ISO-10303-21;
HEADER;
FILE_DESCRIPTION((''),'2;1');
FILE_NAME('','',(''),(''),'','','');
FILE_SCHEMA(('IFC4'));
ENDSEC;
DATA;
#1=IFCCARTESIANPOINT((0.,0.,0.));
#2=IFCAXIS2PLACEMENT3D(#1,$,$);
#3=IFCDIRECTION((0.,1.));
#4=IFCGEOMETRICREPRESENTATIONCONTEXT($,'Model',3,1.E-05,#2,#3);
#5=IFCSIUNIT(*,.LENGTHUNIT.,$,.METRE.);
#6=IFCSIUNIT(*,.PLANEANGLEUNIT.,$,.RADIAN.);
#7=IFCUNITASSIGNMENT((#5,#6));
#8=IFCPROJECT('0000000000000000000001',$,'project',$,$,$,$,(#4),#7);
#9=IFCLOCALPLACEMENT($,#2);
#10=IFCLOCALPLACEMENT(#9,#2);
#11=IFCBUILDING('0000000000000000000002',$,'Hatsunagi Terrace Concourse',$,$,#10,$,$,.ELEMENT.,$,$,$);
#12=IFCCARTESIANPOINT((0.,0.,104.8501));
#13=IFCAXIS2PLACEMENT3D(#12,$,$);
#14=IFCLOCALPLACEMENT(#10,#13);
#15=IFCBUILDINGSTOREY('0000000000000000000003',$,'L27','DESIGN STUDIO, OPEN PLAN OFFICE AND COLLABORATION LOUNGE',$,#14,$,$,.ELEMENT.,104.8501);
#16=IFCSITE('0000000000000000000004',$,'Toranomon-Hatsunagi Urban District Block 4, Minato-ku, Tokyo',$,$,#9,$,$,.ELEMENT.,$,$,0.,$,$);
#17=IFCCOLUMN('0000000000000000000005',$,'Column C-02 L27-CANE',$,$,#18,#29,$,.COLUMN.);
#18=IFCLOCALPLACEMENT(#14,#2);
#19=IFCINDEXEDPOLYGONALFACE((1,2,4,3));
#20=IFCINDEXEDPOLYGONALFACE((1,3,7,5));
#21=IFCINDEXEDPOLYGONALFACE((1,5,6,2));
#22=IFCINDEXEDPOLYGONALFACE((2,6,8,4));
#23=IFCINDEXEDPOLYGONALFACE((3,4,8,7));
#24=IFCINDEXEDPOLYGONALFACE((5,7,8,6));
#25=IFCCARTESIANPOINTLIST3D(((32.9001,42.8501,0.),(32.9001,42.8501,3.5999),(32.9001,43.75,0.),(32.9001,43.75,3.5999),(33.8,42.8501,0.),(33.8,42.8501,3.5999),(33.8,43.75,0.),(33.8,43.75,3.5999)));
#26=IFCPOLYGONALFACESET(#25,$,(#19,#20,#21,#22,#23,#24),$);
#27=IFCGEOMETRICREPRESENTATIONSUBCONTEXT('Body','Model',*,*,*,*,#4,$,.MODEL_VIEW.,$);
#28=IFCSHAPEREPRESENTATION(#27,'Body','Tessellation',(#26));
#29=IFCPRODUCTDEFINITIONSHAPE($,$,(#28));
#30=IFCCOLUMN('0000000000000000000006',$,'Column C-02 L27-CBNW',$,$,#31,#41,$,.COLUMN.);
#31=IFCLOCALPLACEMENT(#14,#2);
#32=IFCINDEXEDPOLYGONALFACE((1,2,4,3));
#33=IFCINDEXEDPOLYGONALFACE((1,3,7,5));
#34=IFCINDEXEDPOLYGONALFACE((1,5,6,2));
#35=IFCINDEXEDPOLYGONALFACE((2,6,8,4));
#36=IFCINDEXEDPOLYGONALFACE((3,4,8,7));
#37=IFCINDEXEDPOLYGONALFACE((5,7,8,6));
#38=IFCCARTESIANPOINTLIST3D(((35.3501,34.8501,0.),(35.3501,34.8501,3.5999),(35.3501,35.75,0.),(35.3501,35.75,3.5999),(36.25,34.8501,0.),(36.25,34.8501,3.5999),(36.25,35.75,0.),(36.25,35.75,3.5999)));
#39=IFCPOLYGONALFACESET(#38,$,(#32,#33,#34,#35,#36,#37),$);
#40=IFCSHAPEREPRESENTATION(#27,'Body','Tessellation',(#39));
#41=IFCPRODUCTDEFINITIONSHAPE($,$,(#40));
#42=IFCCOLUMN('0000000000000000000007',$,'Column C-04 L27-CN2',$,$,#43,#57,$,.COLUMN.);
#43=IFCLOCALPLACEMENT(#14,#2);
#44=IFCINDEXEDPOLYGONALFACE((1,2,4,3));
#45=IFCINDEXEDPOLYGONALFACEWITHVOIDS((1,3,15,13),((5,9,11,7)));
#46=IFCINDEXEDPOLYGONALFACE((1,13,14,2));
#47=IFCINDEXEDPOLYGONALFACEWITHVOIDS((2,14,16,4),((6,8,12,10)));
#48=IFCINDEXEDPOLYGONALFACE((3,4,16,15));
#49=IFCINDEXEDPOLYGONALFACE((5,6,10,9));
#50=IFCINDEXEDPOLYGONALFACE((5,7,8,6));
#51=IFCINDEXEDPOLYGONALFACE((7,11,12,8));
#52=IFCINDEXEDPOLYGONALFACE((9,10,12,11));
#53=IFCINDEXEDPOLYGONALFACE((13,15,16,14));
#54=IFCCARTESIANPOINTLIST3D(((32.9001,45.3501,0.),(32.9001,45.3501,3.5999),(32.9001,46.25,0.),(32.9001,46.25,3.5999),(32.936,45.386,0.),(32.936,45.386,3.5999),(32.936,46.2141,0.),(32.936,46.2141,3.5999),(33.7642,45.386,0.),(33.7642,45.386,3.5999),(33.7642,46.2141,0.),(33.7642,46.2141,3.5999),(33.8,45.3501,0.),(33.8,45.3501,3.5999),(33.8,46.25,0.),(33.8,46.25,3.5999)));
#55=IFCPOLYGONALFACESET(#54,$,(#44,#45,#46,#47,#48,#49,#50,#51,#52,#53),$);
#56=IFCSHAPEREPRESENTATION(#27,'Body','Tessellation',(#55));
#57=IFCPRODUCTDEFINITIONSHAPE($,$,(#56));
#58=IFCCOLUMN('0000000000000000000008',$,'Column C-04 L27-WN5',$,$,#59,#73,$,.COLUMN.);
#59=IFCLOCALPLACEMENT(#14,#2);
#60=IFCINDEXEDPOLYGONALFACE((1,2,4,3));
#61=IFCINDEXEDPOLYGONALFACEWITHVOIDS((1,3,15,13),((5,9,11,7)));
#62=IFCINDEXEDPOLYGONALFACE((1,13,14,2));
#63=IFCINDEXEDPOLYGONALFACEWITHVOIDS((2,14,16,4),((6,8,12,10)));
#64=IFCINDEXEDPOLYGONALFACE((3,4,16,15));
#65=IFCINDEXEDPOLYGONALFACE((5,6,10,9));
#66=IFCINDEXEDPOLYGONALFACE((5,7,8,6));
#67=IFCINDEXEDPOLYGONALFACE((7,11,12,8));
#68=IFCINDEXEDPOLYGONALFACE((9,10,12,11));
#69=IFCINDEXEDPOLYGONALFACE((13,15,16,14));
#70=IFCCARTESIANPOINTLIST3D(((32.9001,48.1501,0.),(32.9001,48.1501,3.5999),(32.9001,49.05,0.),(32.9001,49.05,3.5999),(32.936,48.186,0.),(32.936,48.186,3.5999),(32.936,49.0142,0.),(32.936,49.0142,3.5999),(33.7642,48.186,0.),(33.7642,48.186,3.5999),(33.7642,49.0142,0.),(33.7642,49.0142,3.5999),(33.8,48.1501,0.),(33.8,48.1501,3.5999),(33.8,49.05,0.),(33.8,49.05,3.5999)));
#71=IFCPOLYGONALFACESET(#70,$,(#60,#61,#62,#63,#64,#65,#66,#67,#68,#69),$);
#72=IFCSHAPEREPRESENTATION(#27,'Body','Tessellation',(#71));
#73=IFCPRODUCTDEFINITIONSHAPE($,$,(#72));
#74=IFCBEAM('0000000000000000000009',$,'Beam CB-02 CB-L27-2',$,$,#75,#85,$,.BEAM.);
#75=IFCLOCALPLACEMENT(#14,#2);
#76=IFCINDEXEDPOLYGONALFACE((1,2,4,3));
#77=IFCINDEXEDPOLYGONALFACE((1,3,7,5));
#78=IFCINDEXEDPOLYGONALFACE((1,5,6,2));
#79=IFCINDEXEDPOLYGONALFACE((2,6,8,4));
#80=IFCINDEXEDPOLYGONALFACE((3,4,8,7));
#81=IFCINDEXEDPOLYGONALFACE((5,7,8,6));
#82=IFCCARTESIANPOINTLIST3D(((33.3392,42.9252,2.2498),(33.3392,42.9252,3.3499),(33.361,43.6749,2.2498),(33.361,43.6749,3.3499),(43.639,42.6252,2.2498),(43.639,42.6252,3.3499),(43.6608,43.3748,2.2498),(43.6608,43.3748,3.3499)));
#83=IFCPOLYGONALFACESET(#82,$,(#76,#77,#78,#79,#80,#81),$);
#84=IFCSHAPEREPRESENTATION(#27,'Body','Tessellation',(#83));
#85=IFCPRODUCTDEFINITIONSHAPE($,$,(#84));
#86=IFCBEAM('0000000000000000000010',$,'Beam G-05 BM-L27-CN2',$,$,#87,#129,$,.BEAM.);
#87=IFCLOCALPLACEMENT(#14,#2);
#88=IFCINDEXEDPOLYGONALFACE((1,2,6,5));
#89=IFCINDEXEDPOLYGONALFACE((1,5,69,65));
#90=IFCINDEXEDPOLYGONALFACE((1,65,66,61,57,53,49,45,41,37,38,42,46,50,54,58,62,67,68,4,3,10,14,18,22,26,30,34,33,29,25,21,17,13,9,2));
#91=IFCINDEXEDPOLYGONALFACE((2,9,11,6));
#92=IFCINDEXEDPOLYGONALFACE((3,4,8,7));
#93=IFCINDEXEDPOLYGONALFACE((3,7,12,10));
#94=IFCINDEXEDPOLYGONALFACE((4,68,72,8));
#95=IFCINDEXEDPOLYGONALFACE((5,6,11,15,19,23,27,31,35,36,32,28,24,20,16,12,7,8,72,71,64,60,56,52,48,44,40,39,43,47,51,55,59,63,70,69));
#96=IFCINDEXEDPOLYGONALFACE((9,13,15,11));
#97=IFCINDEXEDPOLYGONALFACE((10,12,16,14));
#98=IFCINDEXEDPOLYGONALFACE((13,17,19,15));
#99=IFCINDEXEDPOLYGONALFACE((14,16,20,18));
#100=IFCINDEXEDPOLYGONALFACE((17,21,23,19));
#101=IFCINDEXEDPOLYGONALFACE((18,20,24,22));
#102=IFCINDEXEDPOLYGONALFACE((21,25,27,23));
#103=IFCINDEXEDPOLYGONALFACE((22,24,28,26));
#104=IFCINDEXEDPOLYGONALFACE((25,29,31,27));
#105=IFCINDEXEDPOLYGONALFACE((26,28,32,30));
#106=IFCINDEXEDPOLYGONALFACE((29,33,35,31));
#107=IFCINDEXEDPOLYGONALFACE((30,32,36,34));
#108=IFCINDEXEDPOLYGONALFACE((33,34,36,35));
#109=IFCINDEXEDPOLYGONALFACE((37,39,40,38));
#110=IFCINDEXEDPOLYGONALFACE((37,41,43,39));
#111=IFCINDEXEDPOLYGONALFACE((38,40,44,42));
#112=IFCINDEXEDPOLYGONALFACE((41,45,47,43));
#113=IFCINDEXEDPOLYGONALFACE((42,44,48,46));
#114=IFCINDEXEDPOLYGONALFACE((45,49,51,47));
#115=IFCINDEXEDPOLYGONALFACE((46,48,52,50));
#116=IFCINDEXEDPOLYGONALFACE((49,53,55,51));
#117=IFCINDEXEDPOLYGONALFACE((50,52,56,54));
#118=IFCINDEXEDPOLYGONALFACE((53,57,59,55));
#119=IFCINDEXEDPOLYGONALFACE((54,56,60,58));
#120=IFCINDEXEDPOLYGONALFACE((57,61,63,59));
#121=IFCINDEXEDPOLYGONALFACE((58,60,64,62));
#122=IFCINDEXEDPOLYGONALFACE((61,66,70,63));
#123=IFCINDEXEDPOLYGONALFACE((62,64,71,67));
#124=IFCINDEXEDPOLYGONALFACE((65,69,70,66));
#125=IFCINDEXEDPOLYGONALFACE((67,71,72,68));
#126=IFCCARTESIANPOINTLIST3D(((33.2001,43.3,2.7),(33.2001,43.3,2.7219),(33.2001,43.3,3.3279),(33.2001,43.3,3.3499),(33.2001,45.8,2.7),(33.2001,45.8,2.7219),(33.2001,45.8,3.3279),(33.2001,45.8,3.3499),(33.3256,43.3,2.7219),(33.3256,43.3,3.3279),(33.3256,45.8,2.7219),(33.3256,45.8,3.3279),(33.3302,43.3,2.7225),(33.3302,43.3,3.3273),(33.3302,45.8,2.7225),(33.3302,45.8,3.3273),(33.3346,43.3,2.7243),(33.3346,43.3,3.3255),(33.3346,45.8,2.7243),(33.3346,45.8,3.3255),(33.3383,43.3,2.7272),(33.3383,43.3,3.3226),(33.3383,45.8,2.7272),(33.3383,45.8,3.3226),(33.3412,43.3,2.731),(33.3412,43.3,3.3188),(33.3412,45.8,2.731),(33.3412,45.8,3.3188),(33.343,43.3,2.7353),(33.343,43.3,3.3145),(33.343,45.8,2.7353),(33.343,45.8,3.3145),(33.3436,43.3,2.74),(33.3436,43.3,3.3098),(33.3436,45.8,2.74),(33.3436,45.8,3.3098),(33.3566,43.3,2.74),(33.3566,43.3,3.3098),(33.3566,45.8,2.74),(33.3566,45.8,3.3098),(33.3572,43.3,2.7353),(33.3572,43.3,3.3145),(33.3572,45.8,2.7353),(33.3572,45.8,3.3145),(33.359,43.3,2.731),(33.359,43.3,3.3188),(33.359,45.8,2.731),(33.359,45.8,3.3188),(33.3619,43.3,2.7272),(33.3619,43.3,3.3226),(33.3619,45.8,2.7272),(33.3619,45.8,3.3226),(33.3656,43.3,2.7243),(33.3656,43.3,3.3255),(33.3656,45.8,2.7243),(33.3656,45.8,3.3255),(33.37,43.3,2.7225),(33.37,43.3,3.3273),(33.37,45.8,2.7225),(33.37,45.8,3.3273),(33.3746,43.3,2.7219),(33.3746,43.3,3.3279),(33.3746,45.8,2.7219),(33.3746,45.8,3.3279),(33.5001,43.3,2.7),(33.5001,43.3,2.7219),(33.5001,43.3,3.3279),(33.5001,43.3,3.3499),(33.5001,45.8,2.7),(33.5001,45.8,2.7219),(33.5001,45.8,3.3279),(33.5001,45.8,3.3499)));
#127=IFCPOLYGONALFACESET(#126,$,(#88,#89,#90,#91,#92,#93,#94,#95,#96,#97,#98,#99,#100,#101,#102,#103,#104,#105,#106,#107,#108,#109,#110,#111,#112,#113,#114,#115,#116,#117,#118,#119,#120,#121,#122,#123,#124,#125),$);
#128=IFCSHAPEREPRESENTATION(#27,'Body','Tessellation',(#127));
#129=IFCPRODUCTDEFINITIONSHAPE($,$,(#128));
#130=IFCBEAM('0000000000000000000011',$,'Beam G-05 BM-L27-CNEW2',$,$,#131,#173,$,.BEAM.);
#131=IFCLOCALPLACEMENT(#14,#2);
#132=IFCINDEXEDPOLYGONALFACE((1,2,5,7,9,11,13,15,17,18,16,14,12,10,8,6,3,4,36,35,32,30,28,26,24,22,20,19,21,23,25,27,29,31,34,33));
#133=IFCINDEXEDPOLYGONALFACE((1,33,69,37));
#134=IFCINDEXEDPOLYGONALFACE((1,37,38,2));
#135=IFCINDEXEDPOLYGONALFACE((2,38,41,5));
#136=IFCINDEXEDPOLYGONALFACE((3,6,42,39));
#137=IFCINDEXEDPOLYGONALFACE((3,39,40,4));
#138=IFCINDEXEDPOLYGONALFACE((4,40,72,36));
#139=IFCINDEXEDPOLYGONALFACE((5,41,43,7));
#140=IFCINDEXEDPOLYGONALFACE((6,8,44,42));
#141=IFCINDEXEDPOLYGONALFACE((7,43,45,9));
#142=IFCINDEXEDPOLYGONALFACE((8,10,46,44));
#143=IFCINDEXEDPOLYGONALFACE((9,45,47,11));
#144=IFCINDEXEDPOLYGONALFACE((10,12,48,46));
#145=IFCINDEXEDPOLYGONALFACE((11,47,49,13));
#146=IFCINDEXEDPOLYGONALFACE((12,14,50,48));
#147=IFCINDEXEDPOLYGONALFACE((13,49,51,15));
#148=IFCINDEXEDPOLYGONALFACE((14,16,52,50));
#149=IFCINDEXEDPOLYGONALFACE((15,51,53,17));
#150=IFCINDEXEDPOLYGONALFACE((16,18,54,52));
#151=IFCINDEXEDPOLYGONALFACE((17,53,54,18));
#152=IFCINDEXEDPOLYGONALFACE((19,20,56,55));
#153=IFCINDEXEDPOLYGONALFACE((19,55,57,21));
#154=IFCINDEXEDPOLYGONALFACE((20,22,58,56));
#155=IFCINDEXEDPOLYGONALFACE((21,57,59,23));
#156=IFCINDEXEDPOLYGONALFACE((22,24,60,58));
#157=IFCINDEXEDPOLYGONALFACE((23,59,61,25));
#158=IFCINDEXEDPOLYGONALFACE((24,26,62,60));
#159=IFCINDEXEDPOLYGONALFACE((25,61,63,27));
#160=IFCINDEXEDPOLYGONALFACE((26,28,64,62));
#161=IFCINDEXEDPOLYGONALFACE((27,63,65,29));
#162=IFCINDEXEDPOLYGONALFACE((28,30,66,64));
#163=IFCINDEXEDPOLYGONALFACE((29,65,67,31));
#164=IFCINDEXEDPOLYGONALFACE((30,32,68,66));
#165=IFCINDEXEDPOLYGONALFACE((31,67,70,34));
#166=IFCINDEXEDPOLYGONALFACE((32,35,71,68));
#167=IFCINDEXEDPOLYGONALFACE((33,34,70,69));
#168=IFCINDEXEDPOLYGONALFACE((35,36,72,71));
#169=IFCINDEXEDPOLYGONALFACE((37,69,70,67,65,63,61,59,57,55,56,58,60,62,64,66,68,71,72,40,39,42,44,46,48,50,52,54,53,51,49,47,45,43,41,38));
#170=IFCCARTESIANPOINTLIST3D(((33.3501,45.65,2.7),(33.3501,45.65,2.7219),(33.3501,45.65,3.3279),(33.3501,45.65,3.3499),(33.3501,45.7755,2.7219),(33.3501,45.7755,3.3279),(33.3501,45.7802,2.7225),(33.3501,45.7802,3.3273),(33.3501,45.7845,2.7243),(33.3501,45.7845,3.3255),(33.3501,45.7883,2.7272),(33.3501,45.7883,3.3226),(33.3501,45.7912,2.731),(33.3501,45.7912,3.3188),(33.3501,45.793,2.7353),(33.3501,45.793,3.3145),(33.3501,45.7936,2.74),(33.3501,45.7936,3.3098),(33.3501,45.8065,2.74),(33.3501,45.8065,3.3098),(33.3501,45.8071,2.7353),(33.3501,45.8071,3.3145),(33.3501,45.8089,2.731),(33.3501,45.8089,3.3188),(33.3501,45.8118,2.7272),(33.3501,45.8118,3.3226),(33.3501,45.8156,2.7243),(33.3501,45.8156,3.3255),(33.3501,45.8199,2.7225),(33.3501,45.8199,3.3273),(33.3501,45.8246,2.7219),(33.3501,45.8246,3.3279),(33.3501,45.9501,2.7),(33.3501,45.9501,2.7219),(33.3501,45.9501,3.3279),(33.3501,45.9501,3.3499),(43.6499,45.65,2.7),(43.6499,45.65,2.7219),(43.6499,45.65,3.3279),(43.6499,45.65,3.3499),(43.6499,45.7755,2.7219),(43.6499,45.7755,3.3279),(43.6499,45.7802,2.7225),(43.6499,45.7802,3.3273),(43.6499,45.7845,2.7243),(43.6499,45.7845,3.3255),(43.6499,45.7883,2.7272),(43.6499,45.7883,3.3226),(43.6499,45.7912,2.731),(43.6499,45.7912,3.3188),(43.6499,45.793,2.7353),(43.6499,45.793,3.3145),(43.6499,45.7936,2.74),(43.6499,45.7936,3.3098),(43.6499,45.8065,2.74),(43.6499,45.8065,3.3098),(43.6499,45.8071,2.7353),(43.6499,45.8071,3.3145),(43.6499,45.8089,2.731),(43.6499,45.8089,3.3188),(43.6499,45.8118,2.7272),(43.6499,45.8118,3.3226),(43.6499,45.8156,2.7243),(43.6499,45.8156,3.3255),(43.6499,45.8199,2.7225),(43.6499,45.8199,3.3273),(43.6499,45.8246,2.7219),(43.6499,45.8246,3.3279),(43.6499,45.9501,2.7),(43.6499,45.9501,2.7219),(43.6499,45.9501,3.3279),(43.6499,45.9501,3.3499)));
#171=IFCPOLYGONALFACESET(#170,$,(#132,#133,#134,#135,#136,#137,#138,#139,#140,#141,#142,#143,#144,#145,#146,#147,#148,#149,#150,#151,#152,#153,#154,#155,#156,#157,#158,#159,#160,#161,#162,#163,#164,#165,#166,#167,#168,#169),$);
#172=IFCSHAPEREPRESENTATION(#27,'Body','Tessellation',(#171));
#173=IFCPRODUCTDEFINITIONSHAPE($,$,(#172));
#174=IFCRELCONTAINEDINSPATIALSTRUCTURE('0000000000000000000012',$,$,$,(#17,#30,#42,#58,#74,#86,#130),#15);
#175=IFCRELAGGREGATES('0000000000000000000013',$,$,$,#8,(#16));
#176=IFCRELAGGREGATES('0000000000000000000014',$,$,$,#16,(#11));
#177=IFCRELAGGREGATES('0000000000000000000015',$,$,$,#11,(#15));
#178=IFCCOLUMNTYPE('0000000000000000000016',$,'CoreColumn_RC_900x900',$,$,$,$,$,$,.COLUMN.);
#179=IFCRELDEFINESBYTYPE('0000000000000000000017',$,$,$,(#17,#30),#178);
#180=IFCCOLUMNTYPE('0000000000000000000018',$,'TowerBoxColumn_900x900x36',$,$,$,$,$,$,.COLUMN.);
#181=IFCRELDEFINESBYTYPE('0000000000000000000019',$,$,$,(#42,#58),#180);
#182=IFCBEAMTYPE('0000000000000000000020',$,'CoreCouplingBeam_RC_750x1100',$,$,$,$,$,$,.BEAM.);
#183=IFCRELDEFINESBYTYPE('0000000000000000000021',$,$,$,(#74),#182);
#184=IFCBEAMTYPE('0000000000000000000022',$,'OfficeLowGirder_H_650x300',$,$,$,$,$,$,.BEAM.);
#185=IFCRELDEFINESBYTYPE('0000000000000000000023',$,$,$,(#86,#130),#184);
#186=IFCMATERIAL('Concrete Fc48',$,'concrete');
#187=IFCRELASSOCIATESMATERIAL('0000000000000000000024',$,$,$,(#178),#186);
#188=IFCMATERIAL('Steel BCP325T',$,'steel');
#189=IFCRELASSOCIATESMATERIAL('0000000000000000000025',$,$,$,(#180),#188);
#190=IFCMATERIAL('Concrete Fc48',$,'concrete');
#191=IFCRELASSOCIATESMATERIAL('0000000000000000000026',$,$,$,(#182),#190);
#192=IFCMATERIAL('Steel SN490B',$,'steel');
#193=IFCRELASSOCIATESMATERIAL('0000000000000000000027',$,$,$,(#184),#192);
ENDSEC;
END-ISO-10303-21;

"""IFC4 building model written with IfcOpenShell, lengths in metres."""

from ifc_helpers import new_model, si_unit, direction, frame, origin, origin_2d, place, context, subcontext, project, spatial, rectangle, hollow_rectangle, i_section, extrude, material, material_profile, profile_set, type_object, element, save


model = new_model("IFC4")

# Units and contexts
model_context = context("Model", 3, precision=1e-05, world=origin(), true_north=direction((0.0, 1.0)))
body_context = subcontext(model_context, "Body", "Model", "MODEL_VIEW")
ifc_project = project(units=[si_unit("LENGTHUNIT", "METRE"), si_unit("PLANEANGLEUNIT", "RADIAN")], contexts=[model_context])

# Site, building, storey
site_placement = place(None, origin())
site = spatial("IfcSite", under=ifc_project, at=site_placement, Name="Toranomon-Hatsunagi Urban District Block 4, Minato-ku, Tokyo", CompositionType="ELEMENT", RefElevation=0.0)
building_placement = place(site_placement, origin())
building = spatial("IfcBuilding", under=site, at=building_placement, Name="Hatsunagi Terrace Concourse", CompositionType="ELEMENT")
storey_placement = place(building_placement, frame((0.0, 0.0, 104.8501)))
storey = spatial("IfcBuildingStorey", under=building, at=storey_placement, Name="L27", Description="DESIGN STUDIO, OPEN PLAN OFFICE AND COLLABORATION LOUNGE", CompositionType="ELEMENT", Elevation=104.8501)

# Columns
ifc_material_1 = material(Name="Concrete Fc48", Category="concrete")
ifc_material_profile_1 = material_profile(ifc_material_1, rectangle(XDim=0.8999, YDim=0.8999, at=origin_2d()), Name="RC-900x900")
ifc_profile_set_1 = profile_set([ifc_material_profile_1], Name="Concrete Fc48")
column_type_1 = type_object("IfcColumnType", Name="CoreColumn_RC_900x900", PredefinedType="COLUMN", material=ifc_profile_set_1)
for number, where, z_axis, x_axis, name in (
    (1, (33.3501, 43.3, 0.0), (0.0, 0.0, 1.0), (1.0, 0.0, 0.0), "Column C-02 L27-CANE"),
    (2, (35.8, 35.3, 0.0), (0.0, 0.0, 1.0), (1.0, 0.0, 0.0), "Column C-02 L27-CBNW"),
):
    element("IfcColumn", number, at=place(storey_placement, frame(where, z_axis=z_axis, x_axis=x_axis)), inside=storey, type_object=column_type_1, Name=name, PredefinedType="COLUMN", context=body_context, shape_type="SweptSolid", body=[
        extrude(rectangle(XDim=0.8999, YDim=0.8999, at=origin_2d()), origin(), (0.0, 0.0, 1.0), 3.5999),
    ])
ifc_material_2 = material(Name="Steel BCP325T", Category="steel")
ifc_material_profile_2 = material_profile(ifc_material_2, hollow_rectangle(XDim=0.8999, YDim=0.8999, WallThickness=0.0359, at=origin_2d()), Name="BCP-900x900x36")
ifc_profile_set_2 = profile_set([ifc_material_profile_2], Name="Steel BCP325T")
column_type_2 = type_object("IfcColumnType", Name="TowerBoxColumn_900x900x36", PredefinedType="COLUMN", material=ifc_profile_set_2)
for number, where, z_axis, x_axis, name in (
    (3, (33.3501, 45.8, 0.0), (0.0, 0.0, 1.0), (1.0, 0.0, 0.0), "Column C-04 L27-CN2"),
    (4, (33.3501, 48.6001, 0.0), (0.0, 0.0, 1.0), (1.0, 0.0, 0.0), "Column C-04 L27-WN5"),
):
    element("IfcColumn", number, at=place(storey_placement, frame(where, z_axis=z_axis, x_axis=x_axis)), inside=storey, type_object=column_type_2, Name=name, PredefinedType="COLUMN", context=body_context, shape_type="SweptSolid", body=[
        extrude(hollow_rectangle(XDim=0.8999, YDim=0.8999, WallThickness=0.0359, at=origin_2d()), origin(), (0.0, 0.0, 1.0), 3.5999),
    ])

# Beams
ifc_material_3 = material(Name="Concrete Fc48", Category="concrete")
ifc_material_profile_3 = material_profile(ifc_material_3, rectangle(XDim=0.75, YDim=1.1001, at=origin_2d()), Name="RC-750x1100")
ifc_profile_set_3 = profile_set([ifc_material_profile_3], Name="Concrete Fc48")
beam_type_1 = type_object("IfcBeamType", Name="CoreCouplingBeam_RC_750x1100", PredefinedType="BEAM", material=ifc_profile_set_3)
beam_1_placement = place(storey_placement, frame((33.3501, 43.3, 2.7998), z_axis=(0.999576, -0.029119, 0.0), x_axis=(0.029119, 0.999576, 0.0)))
element("IfcBeam", 5, at=beam_1_placement, inside=storey, type_object=beam_type_1, Name="Beam CB-02 CB-L27-2", PredefinedType="BEAM", context=body_context, shape_type="SweptSolid", body=[
    extrude(rectangle(XDim=0.75, YDim=1.1001, at=origin_2d()), origin(), (0.0, 0.0, 1.0), 10.3042),
])
ifc_material_4 = material(Name="Steel SN490B", Category="steel")
ifc_material_profile_4 = material_profile(ifc_material_4, i_section(OverallWidth=0.3, OverallDepth=0.6499, WebThickness=0.0129, FlangeThickness=0.022, FilletRadius=0.0181, at=origin_2d()), Name="H-650x300x13x22")
ifc_profile_set_4 = profile_set([ifc_material_profile_4], Name="Steel SN490B")
beam_type_2 = type_object("IfcBeamType", Name="OfficeLowGirder_H_650x300", PredefinedType="BEAM", material=ifc_profile_set_4)
beam_2_placement = place(storey_placement, frame((33.3501, 43.3, 3.0249), z_axis=(0.0, 1.0, 0.0), x_axis=(-1.0, 0.0, 0.0)))
element("IfcBeam", 6, at=beam_2_placement, inside=storey, type_object=beam_type_2, Name="Beam G-05 BM-L27-CN2", PredefinedType="BEAM", context=body_context, shape_type="SweptSolid", body=[
    extrude(i_section(OverallWidth=0.3, OverallDepth=0.6499, WebThickness=0.0129, FlangeThickness=0.022, FilletRadius=0.0181, at=origin_2d()), origin(), (0.0, 0.0, 1.0), 2.5),
])
beam_3_placement = place(storey_placement, frame((33.3501, 45.8, 3.0249), z_axis=(1.0, 0.0, 0.0), x_axis=(0.0, 1.0, 0.0)))
element("IfcBeam", 7, at=beam_3_placement, inside=storey, type_object=beam_type_2, Name="Beam G-05 BM-L27-CNEW2", PredefinedType="BEAM", context=body_context, shape_type="SweptSolid", body=[
    extrude(i_section(OverallWidth=0.3, OverallDepth=0.6499, WebThickness=0.0129, FlangeThickness=0.022, FilletRadius=0.0181, at=origin_2d()), origin(), (0.0, 0.0, 1.0), 10.2998),
])

save(model, "model.ifc")
